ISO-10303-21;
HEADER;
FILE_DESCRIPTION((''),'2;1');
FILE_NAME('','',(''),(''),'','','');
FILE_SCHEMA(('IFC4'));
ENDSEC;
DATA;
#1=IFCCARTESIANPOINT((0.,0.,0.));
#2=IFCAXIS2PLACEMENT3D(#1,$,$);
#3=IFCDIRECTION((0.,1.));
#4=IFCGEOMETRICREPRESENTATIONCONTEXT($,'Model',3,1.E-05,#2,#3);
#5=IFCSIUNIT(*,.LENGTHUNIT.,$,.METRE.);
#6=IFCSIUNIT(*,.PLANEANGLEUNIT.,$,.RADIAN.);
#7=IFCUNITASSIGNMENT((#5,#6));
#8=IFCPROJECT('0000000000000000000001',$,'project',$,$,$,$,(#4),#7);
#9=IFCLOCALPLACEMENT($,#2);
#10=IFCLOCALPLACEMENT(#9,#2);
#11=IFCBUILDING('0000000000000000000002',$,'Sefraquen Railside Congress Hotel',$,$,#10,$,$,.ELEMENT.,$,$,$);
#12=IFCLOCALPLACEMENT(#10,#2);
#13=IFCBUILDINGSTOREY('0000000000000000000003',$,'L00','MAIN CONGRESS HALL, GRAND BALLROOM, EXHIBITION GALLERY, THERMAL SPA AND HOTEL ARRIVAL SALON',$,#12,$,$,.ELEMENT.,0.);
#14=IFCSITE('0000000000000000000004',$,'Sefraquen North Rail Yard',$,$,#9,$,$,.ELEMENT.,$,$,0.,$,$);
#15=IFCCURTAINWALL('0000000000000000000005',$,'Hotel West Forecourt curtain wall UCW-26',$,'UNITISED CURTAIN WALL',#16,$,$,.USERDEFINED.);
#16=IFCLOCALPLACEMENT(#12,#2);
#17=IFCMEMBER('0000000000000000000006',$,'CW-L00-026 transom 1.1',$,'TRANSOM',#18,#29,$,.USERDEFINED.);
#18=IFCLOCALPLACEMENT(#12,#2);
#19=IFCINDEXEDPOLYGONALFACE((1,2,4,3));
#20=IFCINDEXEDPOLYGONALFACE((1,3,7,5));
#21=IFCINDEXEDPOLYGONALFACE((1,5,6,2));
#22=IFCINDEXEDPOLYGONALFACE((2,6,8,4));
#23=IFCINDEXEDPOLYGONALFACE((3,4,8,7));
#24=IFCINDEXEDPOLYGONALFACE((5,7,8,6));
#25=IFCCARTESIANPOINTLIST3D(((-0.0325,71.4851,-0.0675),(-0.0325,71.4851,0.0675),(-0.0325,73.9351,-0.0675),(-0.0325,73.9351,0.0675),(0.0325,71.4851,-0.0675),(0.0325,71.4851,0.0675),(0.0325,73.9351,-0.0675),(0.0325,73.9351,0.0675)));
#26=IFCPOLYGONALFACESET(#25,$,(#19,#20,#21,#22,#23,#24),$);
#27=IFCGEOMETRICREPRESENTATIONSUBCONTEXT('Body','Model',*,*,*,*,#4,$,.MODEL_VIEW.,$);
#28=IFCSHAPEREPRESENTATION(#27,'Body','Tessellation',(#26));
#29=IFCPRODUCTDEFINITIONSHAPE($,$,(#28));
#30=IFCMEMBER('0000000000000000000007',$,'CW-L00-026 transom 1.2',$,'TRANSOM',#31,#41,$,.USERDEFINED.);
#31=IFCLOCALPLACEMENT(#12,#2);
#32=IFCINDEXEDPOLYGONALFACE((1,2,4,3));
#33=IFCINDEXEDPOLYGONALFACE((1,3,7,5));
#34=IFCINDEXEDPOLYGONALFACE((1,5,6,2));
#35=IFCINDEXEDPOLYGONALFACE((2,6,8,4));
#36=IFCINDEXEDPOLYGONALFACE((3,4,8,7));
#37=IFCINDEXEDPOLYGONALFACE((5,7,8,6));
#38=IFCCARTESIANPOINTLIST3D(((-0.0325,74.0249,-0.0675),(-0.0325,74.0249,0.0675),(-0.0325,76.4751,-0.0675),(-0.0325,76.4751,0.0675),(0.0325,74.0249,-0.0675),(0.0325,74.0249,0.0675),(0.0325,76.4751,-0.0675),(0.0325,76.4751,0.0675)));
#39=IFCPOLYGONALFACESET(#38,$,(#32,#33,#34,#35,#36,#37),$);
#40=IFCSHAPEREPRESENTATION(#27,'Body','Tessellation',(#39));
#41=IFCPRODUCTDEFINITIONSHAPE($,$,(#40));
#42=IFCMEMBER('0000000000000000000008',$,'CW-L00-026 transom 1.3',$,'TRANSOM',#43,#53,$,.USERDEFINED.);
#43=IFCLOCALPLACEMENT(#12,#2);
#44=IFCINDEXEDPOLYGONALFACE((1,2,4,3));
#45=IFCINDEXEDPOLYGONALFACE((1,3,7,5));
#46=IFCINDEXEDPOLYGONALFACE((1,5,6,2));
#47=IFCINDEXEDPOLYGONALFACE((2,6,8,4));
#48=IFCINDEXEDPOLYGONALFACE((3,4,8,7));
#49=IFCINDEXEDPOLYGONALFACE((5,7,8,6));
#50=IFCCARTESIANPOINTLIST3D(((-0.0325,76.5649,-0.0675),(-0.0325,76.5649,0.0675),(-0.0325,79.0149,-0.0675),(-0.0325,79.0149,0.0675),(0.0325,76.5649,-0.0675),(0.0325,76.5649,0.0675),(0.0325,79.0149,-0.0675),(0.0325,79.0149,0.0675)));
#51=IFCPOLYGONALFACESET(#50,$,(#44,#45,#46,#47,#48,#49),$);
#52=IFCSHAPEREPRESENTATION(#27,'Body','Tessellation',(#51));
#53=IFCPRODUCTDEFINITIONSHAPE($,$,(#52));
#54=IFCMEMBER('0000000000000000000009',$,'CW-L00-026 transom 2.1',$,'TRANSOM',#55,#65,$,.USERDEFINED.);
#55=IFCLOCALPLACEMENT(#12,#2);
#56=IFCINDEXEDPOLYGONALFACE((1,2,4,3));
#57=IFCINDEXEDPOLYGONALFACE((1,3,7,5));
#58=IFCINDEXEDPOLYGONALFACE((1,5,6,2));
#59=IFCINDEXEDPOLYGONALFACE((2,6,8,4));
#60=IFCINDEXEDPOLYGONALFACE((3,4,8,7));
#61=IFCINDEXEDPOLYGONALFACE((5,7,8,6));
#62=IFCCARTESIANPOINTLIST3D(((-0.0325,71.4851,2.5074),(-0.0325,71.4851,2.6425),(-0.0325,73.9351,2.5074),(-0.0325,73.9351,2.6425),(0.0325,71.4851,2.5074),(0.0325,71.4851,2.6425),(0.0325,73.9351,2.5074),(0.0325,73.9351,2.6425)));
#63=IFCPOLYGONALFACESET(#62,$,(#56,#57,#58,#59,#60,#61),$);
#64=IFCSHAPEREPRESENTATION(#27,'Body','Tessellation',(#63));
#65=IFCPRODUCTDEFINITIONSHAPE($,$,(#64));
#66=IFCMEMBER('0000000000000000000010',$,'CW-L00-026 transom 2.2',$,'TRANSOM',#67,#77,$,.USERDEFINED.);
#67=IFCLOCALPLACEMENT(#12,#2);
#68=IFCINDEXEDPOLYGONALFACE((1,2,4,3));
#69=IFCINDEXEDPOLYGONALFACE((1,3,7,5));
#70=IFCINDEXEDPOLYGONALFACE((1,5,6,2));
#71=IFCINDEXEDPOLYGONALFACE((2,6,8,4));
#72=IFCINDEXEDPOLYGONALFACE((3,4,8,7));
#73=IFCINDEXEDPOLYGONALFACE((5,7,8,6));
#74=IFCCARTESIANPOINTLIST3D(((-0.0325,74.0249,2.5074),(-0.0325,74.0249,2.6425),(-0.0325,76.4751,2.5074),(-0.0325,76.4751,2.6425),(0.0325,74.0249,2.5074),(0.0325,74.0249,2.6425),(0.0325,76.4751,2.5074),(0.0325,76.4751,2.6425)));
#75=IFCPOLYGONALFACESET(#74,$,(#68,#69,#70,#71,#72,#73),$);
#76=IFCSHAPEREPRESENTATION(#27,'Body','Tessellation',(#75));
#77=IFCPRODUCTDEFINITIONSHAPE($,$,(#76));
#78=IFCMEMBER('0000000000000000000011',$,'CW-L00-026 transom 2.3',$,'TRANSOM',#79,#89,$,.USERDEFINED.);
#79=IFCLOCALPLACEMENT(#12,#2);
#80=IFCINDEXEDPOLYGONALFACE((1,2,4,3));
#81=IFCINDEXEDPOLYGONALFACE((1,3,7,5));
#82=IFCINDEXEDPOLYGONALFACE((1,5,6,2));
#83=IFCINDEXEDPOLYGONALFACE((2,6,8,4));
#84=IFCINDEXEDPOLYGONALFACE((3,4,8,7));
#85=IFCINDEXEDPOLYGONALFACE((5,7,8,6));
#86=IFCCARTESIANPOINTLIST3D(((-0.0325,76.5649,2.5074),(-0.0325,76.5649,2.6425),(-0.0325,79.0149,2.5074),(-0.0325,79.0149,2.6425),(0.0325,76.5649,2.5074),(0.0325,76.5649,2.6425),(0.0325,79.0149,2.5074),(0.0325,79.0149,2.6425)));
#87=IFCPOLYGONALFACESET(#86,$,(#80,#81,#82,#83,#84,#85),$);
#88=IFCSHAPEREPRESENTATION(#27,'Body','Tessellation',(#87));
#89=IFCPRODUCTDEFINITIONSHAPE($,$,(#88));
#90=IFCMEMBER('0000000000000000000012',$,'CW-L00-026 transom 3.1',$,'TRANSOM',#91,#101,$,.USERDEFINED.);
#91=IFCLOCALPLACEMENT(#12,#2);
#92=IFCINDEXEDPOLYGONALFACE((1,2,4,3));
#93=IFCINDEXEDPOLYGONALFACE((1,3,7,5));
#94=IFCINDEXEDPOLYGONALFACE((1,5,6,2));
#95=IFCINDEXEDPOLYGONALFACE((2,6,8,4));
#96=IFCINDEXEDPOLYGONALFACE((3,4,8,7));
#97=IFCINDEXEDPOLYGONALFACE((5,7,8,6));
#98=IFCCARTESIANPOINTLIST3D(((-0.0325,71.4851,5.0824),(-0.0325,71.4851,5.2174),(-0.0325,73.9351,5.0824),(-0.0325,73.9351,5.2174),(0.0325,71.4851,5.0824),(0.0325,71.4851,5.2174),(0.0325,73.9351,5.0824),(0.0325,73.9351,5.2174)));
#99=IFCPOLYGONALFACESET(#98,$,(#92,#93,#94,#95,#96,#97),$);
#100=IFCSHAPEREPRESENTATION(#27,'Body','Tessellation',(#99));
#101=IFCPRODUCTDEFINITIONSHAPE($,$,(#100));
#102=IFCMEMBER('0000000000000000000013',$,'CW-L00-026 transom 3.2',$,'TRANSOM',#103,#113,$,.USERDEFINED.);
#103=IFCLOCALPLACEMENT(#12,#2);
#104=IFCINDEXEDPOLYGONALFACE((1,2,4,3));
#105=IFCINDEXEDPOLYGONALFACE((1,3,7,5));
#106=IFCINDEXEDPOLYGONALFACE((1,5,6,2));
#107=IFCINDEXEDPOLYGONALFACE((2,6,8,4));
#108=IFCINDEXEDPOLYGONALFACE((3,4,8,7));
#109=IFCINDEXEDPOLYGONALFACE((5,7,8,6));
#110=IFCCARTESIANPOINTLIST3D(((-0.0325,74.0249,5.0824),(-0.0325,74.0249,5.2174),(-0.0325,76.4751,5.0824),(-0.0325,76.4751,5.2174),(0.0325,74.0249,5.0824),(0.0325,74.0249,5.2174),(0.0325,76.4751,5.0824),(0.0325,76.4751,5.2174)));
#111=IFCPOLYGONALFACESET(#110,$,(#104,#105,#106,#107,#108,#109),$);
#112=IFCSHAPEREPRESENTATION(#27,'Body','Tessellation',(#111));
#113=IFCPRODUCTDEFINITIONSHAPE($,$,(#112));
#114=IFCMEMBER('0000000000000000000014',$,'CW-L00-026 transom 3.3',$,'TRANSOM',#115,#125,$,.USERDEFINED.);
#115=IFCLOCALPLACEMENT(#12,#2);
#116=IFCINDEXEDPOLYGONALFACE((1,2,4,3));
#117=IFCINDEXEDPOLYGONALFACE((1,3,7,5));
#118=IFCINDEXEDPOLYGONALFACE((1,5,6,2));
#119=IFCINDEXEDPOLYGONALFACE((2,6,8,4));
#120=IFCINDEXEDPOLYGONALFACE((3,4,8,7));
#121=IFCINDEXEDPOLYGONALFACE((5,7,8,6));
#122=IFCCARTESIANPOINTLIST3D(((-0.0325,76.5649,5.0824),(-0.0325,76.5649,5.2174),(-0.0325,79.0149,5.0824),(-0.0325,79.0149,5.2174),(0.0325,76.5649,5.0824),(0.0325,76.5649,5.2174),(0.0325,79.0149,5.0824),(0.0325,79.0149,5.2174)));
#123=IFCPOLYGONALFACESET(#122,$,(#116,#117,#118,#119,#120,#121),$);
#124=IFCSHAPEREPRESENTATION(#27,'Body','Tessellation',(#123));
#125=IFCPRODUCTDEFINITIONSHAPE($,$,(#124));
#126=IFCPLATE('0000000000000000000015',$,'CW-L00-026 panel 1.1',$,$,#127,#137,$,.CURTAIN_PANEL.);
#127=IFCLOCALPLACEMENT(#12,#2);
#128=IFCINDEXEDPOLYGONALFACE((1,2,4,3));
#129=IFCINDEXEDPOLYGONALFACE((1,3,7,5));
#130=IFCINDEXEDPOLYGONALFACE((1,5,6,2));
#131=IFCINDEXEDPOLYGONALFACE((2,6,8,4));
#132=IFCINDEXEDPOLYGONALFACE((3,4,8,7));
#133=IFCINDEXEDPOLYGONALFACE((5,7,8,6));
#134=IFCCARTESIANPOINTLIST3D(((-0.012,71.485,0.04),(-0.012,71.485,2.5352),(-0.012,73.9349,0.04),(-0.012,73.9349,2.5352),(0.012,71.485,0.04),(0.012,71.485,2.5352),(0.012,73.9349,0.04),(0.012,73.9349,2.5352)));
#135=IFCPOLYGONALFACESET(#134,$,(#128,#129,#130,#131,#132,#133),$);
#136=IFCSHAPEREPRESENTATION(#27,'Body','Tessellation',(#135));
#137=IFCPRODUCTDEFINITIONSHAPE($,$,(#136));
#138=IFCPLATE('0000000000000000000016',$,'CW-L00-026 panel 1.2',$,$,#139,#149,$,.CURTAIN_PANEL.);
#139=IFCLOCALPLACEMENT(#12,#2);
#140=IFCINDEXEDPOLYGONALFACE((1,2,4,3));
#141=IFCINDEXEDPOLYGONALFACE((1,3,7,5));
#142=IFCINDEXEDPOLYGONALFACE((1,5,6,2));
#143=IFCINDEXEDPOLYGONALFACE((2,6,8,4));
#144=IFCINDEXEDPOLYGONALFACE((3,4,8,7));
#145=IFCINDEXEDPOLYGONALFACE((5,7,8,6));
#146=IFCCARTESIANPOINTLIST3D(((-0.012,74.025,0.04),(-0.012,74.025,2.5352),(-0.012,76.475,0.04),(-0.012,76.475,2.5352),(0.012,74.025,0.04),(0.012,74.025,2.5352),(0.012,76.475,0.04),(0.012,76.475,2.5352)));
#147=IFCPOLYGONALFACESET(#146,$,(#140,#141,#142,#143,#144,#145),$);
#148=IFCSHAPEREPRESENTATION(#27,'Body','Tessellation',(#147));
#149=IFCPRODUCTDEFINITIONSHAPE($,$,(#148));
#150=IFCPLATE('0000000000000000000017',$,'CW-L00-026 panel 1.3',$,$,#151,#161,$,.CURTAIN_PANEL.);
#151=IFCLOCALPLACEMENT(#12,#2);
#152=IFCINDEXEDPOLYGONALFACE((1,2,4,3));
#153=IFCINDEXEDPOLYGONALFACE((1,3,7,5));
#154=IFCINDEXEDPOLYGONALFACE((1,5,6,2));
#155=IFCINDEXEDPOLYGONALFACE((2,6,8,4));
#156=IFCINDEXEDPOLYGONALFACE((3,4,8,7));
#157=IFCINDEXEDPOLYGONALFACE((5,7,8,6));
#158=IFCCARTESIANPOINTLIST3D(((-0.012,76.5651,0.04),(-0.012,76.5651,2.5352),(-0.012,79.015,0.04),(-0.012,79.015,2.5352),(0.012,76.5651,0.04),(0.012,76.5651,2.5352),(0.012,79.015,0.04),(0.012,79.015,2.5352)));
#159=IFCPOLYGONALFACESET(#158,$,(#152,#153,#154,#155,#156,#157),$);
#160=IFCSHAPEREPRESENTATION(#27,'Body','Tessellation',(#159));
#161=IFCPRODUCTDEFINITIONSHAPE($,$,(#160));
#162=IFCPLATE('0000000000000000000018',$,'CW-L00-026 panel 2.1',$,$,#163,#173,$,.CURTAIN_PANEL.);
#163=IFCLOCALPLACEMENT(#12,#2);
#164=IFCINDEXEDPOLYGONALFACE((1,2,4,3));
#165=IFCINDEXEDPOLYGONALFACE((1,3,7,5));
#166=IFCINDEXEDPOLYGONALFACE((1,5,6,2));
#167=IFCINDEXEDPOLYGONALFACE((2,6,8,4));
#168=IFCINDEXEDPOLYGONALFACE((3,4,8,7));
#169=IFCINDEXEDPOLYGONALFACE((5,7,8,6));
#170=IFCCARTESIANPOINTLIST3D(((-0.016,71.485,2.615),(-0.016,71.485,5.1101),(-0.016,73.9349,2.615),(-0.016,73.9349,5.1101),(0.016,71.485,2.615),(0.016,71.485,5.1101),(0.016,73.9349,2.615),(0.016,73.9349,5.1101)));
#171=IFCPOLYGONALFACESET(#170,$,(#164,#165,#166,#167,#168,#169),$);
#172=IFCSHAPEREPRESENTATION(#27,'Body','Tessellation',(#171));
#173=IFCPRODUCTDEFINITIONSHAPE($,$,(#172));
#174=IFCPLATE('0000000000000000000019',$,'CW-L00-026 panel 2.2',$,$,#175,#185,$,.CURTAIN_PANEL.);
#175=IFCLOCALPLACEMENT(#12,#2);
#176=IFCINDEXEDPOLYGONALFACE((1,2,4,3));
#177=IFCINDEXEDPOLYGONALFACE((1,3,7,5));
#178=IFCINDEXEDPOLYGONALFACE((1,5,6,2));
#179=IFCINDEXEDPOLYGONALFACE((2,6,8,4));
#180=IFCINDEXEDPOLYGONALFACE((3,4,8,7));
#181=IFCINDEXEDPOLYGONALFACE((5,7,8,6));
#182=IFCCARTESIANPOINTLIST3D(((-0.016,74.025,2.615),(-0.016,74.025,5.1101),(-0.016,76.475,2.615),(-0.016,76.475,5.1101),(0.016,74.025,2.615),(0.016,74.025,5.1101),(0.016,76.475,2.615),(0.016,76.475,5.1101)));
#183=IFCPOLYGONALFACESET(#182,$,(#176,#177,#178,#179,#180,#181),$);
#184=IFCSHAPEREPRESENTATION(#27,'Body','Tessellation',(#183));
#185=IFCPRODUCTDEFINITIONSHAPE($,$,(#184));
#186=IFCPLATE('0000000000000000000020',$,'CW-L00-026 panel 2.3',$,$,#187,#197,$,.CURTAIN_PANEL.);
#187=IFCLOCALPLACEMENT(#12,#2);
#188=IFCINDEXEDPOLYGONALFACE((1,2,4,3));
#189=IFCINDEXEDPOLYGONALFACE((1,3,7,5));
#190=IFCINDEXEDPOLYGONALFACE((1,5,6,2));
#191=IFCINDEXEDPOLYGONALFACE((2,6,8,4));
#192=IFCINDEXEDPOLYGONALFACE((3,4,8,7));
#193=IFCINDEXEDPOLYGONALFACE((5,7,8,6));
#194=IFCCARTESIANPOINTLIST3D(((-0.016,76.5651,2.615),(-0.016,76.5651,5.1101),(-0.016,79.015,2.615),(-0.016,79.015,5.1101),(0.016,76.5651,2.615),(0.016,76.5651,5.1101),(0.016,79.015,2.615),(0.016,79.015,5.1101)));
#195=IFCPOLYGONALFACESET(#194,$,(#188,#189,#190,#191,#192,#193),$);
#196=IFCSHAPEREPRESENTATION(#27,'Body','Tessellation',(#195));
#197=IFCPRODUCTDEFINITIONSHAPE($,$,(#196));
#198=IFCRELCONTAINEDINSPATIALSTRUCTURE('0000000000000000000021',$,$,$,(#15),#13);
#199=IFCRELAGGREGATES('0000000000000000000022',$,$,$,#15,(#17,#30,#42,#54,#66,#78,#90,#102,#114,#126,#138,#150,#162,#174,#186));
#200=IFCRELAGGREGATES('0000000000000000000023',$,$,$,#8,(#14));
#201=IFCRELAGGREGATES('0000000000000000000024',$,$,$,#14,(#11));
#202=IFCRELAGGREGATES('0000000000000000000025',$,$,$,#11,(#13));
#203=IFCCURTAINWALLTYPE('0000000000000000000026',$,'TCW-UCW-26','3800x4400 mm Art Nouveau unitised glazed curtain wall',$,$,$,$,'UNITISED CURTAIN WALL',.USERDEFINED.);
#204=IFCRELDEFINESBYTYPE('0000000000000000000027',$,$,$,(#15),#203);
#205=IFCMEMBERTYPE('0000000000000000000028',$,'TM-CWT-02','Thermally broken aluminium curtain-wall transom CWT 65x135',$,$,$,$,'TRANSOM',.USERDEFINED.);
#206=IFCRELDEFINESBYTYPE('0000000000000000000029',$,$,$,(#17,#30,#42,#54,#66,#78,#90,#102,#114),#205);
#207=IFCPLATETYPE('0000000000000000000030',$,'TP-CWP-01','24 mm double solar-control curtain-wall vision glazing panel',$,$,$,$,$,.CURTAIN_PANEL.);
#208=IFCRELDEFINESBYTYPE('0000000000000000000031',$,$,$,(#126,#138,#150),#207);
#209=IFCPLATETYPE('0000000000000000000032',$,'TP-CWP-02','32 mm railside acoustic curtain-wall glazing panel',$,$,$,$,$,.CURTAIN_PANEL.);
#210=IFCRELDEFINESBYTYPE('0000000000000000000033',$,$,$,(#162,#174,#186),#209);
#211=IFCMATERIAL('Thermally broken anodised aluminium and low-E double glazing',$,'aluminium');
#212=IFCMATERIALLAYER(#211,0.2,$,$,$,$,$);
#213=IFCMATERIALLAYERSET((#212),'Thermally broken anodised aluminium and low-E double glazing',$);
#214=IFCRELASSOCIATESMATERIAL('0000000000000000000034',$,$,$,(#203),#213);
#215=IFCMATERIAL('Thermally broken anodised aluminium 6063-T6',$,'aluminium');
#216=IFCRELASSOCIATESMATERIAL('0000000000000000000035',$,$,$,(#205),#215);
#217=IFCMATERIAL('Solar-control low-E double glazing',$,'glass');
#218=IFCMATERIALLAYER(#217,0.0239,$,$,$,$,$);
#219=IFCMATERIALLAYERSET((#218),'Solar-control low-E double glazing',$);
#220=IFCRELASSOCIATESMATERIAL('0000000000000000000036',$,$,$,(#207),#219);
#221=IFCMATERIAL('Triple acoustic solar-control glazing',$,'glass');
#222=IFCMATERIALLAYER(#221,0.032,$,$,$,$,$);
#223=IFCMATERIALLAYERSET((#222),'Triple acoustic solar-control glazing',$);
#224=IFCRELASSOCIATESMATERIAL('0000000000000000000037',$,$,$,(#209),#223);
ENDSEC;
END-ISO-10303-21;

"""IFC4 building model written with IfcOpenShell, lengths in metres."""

from ifc_helpers import new_model, si_unit, direction, frame, origin, origin_2d, place, context, subcontext, project, spatial, rectangle, extrude, material, layer, layer_set, material_profile, profile_set, type_object, element, aggregate, save


model = new_model("IFC4")

# Units and contexts
model_context = context("Model", 3, precision=1e-05, world=origin(), true_north=direction((0.0, 1.0)))
body_context = subcontext(model_context, "Body", "Model", "MODEL_VIEW")
ifc_project = project(units=[si_unit("LENGTHUNIT", "METRE"), si_unit("PLANEANGLEUNIT", "RADIAN")], contexts=[model_context])

# Site, building, storey
site_placement = place(None, origin())
site = spatial("IfcSite", under=ifc_project, at=site_placement, Name="Sefraquen North Rail Yard", CompositionType="ELEMENT", RefElevation=0.0)
building_placement = place(site_placement, origin())
building = spatial("IfcBuilding", under=site, at=building_placement, Name="Sefraquen Railside Congress Hotel", CompositionType="ELEMENT")
storey_placement = place(building_placement, origin())
storey = spatial("IfcBuildingStorey", under=building, at=storey_placement, Name="L00", Description="MAIN CONGRESS HALL, GRAND BALLROOM, EXHIBITION GALLERY, THERMAL SPA AND HOTEL ARRIVAL SALON", CompositionType="ELEMENT", Elevation=0.0)

# Curtain wall, members, plates
ifc_material_1 = material(Name="Thermally broken anodised aluminium and low-E double glazing", Category="aluminium")
ifc_layer_1 = layer(ifc_material_1, 0.2)
ifc_layer_set_1 = layer_set([ifc_layer_1], Name="Thermally broken anodised aluminium and low-E double glazing")
curtain_wall_type = type_object("IfcCurtainWallType", Name="TCW-UCW-26", Description="3800x4400 mm Art Nouveau unitised glazed curtain wall", ElementType="UNITISED CURTAIN WALL", PredefinedType="USERDEFINED", material=ifc_layer_set_1)
curtain_wall_placement = place(storey_placement, origin())
curtain_wall = element("IfcCurtainWall", 1, at=curtain_wall_placement, inside=storey, type_object=curtain_wall_type, Name="Hotel West Forecourt curtain wall UCW-26", ObjectType="UNITISED CURTAIN WALL", PredefinedType="USERDEFINED")
ifc_material_2 = material(Name="Thermally broken anodised aluminium 6063-T6", Category="aluminium")
ifc_material_profile_1 = material_profile(ifc_material_2, rectangle(XDim=0.0649, YDim=0.135, at=origin_2d()), Name="CWT 65x135")
ifc_profile_set_1 = profile_set([ifc_material_profile_1], Name="Thermally broken anodised aluminium 6063-T6")
member_type_1 = type_object("IfcMemberType", Name="TM-CWT-02", Description="Thermally broken aluminium curtain-wall transom CWT 65x135", ElementType="TRANSOM", PredefinedType="USERDEFINED", material=ifc_profile_set_1)
member_1_placement = place(storey_placement, frame((0.0, 71.4851, 0.0), z_axis=(0.0, 1.0, 0.0), x_axis=(-1.0, 0.0, 0.0)))
member_1 = element("IfcMember", 2, at=member_1_placement, type_object=member_type_1, Name="CW-L00-026 transom 1.1", ObjectType="TRANSOM", PredefinedType="USERDEFINED", context=body_context, shape_type="SweptSolid", body=[
    extrude(rectangle(XDim=0.0649, YDim=0.135, at=origin_2d()), origin(), (0.0, 0.0, 1.0), 2.45),
])
member_2_placement = place(storey_placement, frame((0.0, 74.0249, 0.0), z_axis=(0.0, 1.0, 0.0), x_axis=(-1.0, 0.0, 0.0)))
member_2 = element("IfcMember", 3, at=member_2_placement, type_object=member_type_1, Name="CW-L00-026 transom 1.2", ObjectType="TRANSOM", PredefinedType="USERDEFINED", context=body_context, shape_type="SweptSolid", body=[
    extrude(rectangle(XDim=0.0649, YDim=0.135, at=origin_2d()), origin(), (0.0, 0.0, 1.0), 2.4502),
])
member_3_placement = place(storey_placement, frame((0.0, 76.5649, 0.0), z_axis=(0.0, 1.0, 0.0), x_axis=(-1.0, 0.0, 0.0)))
member_3 = element("IfcMember", 4, at=member_3_placement, type_object=member_type_1, Name="CW-L00-026 transom 1.3", ObjectType="TRANSOM", PredefinedType="USERDEFINED", context=body_context, shape_type="SweptSolid", body=[
    extrude(rectangle(XDim=0.0649, YDim=0.135, at=origin_2d()), origin(), (0.0, 0.0, 1.0), 2.45),
])
member_4_placement = place(storey_placement, frame((0.0, 71.4851, 2.575), z_axis=(0.0, 1.0, 0.0), x_axis=(-1.0, 0.0, 0.0)))
member_4 = element("IfcMember", 5, at=member_4_placement, type_object=member_type_1, Name="CW-L00-026 transom 2.1", ObjectType="TRANSOM", PredefinedType="USERDEFINED", context=body_context, shape_type="SweptSolid", body=[
    extrude(rectangle(XDim=0.0649, YDim=0.135, at=origin_2d()), origin(), (0.0, 0.0, 1.0), 2.45),
])
member_5_placement = place(storey_placement, frame((0.0, 74.0249, 2.575), z_axis=(0.0, 1.0, 0.0), x_axis=(-1.0, 0.0, 0.0)))
member_5 = element("IfcMember", 6, at=member_5_placement, type_object=member_type_1, Name="CW-L00-026 transom 2.2", ObjectType="TRANSOM", PredefinedType="USERDEFINED", context=body_context, shape_type="SweptSolid", body=[
    extrude(rectangle(XDim=0.0649, YDim=0.135, at=origin_2d()), origin(), (0.0, 0.0, 1.0), 2.4502),
])
member_6_placement = place(storey_placement, frame((0.0, 76.5649, 2.575), z_axis=(0.0, 1.0, 0.0), x_axis=(-1.0, 0.0, 0.0)))
member_6 = element("IfcMember", 7, at=member_6_placement, type_object=member_type_1, Name="CW-L00-026 transom 2.3", ObjectType="TRANSOM", PredefinedType="USERDEFINED", context=body_context, shape_type="SweptSolid", body=[
    extrude(rectangle(XDim=0.0649, YDim=0.135, at=origin_2d()), origin(), (0.0, 0.0, 1.0), 2.45),
])
member_7_placement = place(storey_placement, frame((0.0, 71.4851, 5.1499), z_axis=(0.0, 1.0, 0.0), x_axis=(-1.0, 0.0, 0.0)))
member_7 = element("IfcMember", 8, at=member_7_placement, type_object=member_type_1, Name="CW-L00-026 transom 3.1", ObjectType="TRANSOM", PredefinedType="USERDEFINED", context=body_context, shape_type="SweptSolid", body=[
    extrude(rectangle(XDim=0.0649, YDim=0.135, at=origin_2d()), origin(), (0.0, 0.0, 1.0), 2.45),
])
member_8_placement = place(storey_placement, frame((0.0, 74.0249, 5.1499), z_axis=(0.0, 1.0, 0.0), x_axis=(-1.0, 0.0, 0.0)))
member_8 = element("IfcMember", 9, at=member_8_placement, type_object=member_type_1, Name="CW-L00-026 transom 3.2", ObjectType="TRANSOM", PredefinedType="USERDEFINED", context=body_context, shape_type="SweptSolid", body=[
    extrude(rectangle(XDim=0.0649, YDim=0.135, at=origin_2d()), origin(), (0.0, 0.0, 1.0), 2.4502),
])
member_9_placement = place(storey_placement, frame((0.0, 76.5649, 5.1499), z_axis=(0.0, 1.0, 0.0), x_axis=(-1.0, 0.0, 0.0)))
member_9 = element("IfcMember", 10, at=member_9_placement, type_object=member_type_1, Name="CW-L00-026 transom 3.3", ObjectType="TRANSOM", PredefinedType="USERDEFINED", context=body_context, shape_type="SweptSolid", body=[
    extrude(rectangle(XDim=0.0649, YDim=0.135, at=origin_2d()), origin(), (0.0, 0.0, 1.0), 2.45),
])
ifc_material_3 = material(Name="Solar-control low-E double glazing", Category="glass")
ifc_layer_2 = layer(ifc_material_3, 0.0239)
ifc_layer_set_2 = layer_set([ifc_layer_2], Name="Solar-control low-E double glazing")
plate_type_1 = type_object("IfcPlateType", Name="TP-CWP-01", Description="24 mm double solar-control curtain-wall vision glazing panel", PredefinedType="CURTAIN_PANEL", material=ifc_layer_set_2)
plate_1_placement = place(storey_placement, frame((0.0, 72.71, 0.04), z_axis=(0.0, 0.0, 1.0), x_axis=(0.0, 1.0, 0.0)))
plate_1 = element("IfcPlate", 11, at=plate_1_placement, type_object=plate_type_1, Name="CW-L00-026 panel 1.1", PredefinedType="CURTAIN_PANEL", context=body_context, shape_type="SweptSolid", body=[
    extrude(rectangle(XDim=2.45, YDim=0.0239, at=origin_2d()), origin(), (0.0, 0.0, 1.0), 2.4951),
])
plate_2_placement = place(storey_placement, frame((0.0, 75.25, 0.04), z_axis=(0.0, 0.0, 1.0), x_axis=(0.0, 1.0, 0.0)))
plate_2 = element("IfcPlate", 12, at=plate_2_placement, type_object=plate_type_1, Name="CW-L00-026 panel 1.2", PredefinedType="CURTAIN_PANEL", context=body_context, shape_type="SweptSolid", body=[
    extrude(rectangle(XDim=2.45, YDim=0.0239, at=origin_2d()), origin(), (0.0, 0.0, 1.0), 2.4951),
])
plate_3_placement = place(storey_placement, frame((0.0, 77.79, 0.04), z_axis=(0.0, 0.0, 1.0), x_axis=(0.0, 1.0, 0.0)))
plate_3 = element("IfcPlate", 13, at=plate_3_placement, type_object=plate_type_1, Name="CW-L00-026 panel 1.3", PredefinedType="CURTAIN_PANEL", context=body_context, shape_type="SweptSolid", body=[
    extrude(rectangle(XDim=2.45, YDim=0.0239, at=origin_2d()), origin(), (0.0, 0.0, 1.0), 2.4951),
])
ifc_material_4 = material(Name="Triple acoustic solar-control glazing", Category="glass")
ifc_layer_3 = layer(ifc_material_4, 0.032)
ifc_layer_set_3 = layer_set([ifc_layer_3], Name="Triple acoustic solar-control glazing")
plate_type_2 = type_object("IfcPlateType", Name="TP-CWP-02", Description="32 mm railside acoustic curtain-wall glazing panel", PredefinedType="CURTAIN_PANEL", material=ifc_layer_set_3)
plate_4_placement = place(storey_placement, frame((0.0, 72.71, 2.615), z_axis=(0.0, 0.0, 1.0), x_axis=(0.0, 1.0, 0.0)))
plate_4 = element("IfcPlate", 14, at=plate_4_placement, type_object=plate_type_2, Name="CW-L00-026 panel 2.1", PredefinedType="CURTAIN_PANEL", context=body_context, shape_type="SweptSolid", body=[
    extrude(rectangle(XDim=2.45, YDim=0.032, at=origin_2d()), origin(), (0.0, 0.0, 1.0), 2.4951),
])
plate_5_placement = place(storey_placement, frame((0.0, 75.25, 2.615), z_axis=(0.0, 0.0, 1.0), x_axis=(0.0, 1.0, 0.0)))
plate_5 = element("IfcPlate", 15, at=plate_5_placement, type_object=plate_type_2, Name="CW-L00-026 panel 2.2", PredefinedType="CURTAIN_PANEL", context=body_context, shape_type="SweptSolid", body=[
    extrude(rectangle(XDim=2.45, YDim=0.032, at=origin_2d()), origin(), (0.0, 0.0, 1.0), 2.4951),
])
plate_6_placement = place(storey_placement, frame((0.0, 77.79, 2.615), z_axis=(0.0, 0.0, 1.0), x_axis=(0.0, 1.0, 0.0)))
plate_6 = element("IfcPlate", 16, at=plate_6_placement, type_object=plate_type_2, Name="CW-L00-026 panel 2.3", PredefinedType="CURTAIN_PANEL", context=body_context, shape_type="SweptSolid", body=[
    extrude(rectangle(XDim=2.45, YDim=0.032, at=origin_2d()), origin(), (0.0, 0.0, 1.0), 2.4951),
])
aggregate(curtain_wall, [member_1, member_2, member_3, member_4, member_5, member_6, member_7, member_8, member_9, plate_1, plate_2, plate_3, plate_4, plate_5, plate_6])

save(model, "model.ifc")
